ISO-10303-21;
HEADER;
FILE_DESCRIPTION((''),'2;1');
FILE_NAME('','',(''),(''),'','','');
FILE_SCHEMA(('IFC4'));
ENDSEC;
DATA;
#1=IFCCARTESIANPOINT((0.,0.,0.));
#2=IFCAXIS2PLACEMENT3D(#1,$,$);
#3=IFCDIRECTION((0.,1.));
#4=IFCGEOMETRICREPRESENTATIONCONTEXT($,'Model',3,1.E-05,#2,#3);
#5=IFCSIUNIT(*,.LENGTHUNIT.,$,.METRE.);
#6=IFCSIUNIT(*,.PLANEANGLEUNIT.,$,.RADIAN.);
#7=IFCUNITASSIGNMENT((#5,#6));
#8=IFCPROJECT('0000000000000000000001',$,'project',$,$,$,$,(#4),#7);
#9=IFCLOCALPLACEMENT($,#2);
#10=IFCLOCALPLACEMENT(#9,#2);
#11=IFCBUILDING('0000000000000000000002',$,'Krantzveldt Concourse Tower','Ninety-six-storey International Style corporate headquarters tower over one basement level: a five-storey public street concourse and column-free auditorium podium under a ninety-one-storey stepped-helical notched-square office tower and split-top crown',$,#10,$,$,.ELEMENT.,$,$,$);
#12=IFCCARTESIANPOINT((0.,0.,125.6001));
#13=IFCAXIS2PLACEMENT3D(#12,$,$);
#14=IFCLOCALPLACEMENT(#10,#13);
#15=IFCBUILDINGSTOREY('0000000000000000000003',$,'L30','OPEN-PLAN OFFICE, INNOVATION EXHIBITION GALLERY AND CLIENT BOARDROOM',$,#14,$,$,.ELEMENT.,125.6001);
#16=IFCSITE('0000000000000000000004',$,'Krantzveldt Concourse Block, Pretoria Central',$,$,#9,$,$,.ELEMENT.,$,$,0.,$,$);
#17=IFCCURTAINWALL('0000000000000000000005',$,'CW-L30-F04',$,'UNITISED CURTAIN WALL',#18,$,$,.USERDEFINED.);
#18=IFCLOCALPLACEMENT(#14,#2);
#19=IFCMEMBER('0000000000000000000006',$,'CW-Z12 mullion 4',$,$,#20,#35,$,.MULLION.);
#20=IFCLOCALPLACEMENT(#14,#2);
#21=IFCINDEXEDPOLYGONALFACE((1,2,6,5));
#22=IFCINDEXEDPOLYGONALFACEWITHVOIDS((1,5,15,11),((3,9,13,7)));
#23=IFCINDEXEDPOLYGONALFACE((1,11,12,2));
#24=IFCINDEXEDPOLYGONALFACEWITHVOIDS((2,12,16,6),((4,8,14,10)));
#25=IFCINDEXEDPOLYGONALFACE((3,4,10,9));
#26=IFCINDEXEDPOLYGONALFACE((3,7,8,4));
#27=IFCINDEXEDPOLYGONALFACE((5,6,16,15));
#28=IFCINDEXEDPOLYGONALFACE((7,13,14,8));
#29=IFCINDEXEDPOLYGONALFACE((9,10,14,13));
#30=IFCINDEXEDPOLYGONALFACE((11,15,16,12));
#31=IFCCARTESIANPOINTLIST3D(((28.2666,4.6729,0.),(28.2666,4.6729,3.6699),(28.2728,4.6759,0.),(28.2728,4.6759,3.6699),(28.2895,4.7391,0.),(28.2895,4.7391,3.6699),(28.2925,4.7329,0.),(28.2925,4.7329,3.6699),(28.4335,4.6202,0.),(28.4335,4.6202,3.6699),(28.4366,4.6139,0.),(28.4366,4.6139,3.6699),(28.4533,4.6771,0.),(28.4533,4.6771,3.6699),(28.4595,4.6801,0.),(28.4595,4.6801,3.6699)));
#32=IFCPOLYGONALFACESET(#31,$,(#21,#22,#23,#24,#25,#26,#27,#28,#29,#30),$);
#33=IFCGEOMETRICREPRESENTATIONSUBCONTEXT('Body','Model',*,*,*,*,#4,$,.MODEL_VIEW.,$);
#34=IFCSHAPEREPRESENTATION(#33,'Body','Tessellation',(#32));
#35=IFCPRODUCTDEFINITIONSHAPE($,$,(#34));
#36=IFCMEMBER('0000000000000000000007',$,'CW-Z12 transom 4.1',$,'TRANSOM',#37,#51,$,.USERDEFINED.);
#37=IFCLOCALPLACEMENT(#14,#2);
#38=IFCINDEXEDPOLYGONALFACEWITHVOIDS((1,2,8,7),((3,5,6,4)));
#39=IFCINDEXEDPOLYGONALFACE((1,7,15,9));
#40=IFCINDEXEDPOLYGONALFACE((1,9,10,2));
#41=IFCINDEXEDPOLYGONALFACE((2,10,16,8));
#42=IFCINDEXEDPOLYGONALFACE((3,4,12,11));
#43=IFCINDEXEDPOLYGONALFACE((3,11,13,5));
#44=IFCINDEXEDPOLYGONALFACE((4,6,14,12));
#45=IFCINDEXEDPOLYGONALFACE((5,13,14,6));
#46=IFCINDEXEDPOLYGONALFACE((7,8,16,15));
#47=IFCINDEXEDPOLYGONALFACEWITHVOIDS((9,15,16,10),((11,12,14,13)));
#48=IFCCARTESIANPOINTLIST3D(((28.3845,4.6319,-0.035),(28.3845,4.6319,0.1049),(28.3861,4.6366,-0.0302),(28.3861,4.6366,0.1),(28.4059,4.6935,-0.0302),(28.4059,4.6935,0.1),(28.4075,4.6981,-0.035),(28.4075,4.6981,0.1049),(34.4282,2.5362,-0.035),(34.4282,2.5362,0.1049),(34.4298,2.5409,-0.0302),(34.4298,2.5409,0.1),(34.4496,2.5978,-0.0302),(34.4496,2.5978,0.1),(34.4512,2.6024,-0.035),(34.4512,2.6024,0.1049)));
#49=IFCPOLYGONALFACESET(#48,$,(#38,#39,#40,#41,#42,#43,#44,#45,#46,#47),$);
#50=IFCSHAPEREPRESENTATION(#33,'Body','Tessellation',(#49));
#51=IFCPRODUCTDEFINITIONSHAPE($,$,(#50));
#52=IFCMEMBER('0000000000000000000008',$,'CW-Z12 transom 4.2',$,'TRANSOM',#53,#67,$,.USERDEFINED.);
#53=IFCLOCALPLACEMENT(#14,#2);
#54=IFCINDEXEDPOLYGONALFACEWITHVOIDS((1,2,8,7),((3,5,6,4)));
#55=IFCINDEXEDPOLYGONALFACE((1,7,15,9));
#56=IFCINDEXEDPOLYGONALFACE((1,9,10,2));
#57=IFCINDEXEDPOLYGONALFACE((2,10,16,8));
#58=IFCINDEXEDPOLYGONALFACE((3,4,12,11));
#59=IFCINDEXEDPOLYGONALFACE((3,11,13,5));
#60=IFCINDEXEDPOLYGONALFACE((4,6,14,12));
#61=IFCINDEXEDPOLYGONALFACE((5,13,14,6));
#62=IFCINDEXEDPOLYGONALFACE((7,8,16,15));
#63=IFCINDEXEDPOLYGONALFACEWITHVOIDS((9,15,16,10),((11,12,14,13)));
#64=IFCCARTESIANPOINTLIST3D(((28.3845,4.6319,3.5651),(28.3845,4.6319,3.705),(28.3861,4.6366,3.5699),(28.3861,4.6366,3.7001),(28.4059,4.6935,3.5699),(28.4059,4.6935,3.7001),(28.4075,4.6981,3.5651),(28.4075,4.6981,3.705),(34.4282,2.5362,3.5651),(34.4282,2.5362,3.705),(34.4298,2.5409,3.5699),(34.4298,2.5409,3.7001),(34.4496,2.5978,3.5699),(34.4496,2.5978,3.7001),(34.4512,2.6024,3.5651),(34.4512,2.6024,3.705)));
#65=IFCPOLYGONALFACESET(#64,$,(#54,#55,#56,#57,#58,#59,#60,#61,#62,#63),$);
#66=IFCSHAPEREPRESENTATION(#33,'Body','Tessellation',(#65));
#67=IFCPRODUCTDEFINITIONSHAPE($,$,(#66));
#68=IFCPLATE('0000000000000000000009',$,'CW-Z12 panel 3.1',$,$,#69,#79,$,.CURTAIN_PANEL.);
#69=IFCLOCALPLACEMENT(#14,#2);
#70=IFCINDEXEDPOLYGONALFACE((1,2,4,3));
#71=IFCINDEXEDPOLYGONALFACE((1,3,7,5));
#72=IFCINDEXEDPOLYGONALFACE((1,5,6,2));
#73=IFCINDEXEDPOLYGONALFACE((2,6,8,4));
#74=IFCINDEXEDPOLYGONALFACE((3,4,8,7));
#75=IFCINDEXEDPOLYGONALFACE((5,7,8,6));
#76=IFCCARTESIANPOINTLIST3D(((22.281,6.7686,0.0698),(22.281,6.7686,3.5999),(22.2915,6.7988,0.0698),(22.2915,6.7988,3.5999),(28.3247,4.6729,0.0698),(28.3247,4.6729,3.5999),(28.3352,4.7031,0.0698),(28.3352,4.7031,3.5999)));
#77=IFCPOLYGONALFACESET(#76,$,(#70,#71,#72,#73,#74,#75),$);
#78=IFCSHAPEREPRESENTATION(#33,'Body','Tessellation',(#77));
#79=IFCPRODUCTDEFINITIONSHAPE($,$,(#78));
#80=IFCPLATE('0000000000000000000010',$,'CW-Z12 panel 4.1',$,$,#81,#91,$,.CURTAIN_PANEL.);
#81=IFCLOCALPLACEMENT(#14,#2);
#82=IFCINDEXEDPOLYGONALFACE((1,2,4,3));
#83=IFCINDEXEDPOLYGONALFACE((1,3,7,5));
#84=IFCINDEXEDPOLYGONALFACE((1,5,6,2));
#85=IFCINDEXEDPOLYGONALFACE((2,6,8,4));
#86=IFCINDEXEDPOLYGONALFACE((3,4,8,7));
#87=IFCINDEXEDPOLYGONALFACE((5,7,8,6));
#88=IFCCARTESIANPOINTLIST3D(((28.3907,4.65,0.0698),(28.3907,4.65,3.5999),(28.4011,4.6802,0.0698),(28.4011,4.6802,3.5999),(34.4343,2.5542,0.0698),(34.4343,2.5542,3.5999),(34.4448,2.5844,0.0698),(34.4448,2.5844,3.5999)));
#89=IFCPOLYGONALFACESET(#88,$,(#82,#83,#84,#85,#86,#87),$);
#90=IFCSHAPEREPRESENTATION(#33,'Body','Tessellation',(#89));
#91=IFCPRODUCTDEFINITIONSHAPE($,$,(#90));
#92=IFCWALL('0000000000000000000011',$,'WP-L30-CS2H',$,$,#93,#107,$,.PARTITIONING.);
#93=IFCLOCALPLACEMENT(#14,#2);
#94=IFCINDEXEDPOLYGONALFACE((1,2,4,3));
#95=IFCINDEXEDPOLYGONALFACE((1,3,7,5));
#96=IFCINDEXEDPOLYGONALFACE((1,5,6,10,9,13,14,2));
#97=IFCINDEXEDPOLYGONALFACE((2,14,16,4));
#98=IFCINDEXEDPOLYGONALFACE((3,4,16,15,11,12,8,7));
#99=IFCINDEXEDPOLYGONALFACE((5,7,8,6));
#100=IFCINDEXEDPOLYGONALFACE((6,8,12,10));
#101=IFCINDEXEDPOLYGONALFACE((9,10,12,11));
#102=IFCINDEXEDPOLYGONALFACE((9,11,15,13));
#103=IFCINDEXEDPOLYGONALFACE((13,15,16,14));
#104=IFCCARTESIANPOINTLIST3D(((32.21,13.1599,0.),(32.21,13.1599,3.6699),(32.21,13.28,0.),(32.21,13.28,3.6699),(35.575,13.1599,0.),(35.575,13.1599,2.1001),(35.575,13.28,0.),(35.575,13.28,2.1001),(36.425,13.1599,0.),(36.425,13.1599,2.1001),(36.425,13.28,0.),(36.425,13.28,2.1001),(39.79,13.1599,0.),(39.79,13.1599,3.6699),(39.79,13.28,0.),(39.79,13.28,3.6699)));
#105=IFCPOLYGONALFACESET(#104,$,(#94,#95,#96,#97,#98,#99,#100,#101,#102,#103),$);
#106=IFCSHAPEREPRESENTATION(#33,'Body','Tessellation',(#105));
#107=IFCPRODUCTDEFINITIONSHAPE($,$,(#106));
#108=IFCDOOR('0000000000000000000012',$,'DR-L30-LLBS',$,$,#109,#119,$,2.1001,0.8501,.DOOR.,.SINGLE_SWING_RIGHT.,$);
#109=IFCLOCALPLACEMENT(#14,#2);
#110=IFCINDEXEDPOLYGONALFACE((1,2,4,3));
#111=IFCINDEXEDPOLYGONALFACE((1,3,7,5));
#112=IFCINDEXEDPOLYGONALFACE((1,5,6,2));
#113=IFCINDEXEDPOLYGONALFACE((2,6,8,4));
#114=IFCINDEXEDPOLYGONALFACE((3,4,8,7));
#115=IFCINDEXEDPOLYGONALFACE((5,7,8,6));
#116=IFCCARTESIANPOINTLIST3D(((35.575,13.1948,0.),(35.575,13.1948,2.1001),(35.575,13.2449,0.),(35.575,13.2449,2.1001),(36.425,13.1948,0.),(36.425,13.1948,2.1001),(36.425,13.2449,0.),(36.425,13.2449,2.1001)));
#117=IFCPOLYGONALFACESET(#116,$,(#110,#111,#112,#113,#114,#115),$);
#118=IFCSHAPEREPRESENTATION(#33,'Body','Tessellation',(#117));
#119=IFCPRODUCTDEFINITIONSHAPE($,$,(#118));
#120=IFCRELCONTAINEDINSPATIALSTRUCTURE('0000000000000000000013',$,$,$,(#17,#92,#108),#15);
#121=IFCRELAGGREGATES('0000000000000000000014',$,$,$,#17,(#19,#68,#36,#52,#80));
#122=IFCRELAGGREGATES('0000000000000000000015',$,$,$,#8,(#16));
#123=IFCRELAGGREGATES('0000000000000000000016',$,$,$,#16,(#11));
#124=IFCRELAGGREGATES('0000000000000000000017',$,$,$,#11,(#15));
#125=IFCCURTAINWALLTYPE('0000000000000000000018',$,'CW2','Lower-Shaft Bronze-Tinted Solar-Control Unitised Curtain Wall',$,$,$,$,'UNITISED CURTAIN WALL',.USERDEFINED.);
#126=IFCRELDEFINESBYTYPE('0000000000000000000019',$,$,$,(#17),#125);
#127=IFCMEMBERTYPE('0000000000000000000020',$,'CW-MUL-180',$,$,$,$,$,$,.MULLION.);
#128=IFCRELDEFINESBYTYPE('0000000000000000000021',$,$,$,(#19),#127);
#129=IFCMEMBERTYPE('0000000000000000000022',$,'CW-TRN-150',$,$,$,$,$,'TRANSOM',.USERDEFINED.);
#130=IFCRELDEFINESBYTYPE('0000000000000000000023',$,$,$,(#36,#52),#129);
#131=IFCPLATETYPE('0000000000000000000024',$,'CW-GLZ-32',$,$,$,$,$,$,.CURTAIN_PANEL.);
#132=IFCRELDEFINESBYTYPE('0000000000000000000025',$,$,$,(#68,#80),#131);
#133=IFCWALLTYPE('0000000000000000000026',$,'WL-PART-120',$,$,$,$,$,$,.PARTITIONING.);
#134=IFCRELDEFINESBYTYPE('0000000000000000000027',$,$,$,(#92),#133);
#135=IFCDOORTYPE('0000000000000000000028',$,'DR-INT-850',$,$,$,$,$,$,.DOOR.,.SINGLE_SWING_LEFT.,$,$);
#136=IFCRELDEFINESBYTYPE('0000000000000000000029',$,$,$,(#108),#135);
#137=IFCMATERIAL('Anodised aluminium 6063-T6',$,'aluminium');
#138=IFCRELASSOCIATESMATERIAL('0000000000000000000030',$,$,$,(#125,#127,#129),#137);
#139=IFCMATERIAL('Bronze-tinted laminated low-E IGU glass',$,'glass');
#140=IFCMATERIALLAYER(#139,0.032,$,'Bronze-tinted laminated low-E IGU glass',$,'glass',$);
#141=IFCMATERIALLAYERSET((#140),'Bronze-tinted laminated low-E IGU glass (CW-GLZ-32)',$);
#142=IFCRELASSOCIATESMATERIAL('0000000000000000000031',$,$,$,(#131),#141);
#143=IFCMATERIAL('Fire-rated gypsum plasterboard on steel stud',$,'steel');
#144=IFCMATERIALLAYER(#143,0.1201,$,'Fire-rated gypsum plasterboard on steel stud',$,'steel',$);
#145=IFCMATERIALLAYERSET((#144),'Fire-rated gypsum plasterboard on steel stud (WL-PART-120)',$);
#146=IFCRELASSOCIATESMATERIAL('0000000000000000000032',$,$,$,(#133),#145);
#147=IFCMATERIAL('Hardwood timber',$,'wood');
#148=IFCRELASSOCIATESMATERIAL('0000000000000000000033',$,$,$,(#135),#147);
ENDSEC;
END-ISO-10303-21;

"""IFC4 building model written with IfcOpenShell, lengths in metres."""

from ifc_helpers import new_model, si_unit, direction, frame, frame_2d, origin, origin_2d, place, context, subcontext, project, spatial, rectangle, hollow_rectangle, extrude, source, transform, mapped, material, layer, layer_set, material_profile, profile_set, type_object, type_shapes, element, fill, aggregate, save


model = new_model("IFC4")

# Units and contexts
model_context = context("Model", 3, precision=1e-05, world=origin(), true_north=direction((0.0, 1.0)))
body_context = subcontext(model_context, "Body", "Model", "MODEL_VIEW")
ifc_project = project(units=[si_unit("LENGTHUNIT", "METRE"), si_unit("PLANEANGLEUNIT", "RADIAN")], contexts=[model_context])

# Site, building, storey
site_placement = place(None, origin())
site = spatial("IfcSite", under=ifc_project, at=site_placement, Name="Krantzveldt Concourse Block, Pretoria Central", CompositionType="ELEMENT", RefElevation=0.0)
building_placement = place(site_placement, origin())
building = spatial("IfcBuilding", under=site, at=building_placement, Name="Krantzveldt Concourse Tower", Description="Ninety-six-storey International Style corporate headquarters tower over one basement level: a five-storey public street concourse and column-free auditorium podium under a ninety-one-storey stepped-helical notched-square office tower and split-top crown", CompositionType="ELEMENT")
storey_placement = place(building_placement, frame((0.0, 0.0, 125.6001)))
storey = spatial("IfcBuildingStorey", under=building, at=storey_placement, Name="L30", Description="OPEN-PLAN OFFICE, INNOVATION EXHIBITION GALLERY AND CLIENT BOARDROOM", CompositionType="ELEMENT", Elevation=125.6001)

# Curtain wall, members, plates
ifc_material_1 = material(Name="Anodised aluminium 6063-T6", Category="aluminium")
curtain_wall_type = type_object("IfcCurtainWallType", Name="CW2", Description="Lower-Shaft Bronze-Tinted Solar-Control Unitised Curtain Wall", ElementType="UNITISED CURTAIN WALL", PredefinedType="USERDEFINED", material=ifc_material_1)
curtain_wall_placement = place(storey_placement, origin())
curtain_wall = element("IfcCurtainWall", 1, at=curtain_wall_placement, inside=storey, type_object=curtain_wall_type, Name="CW-L30-F04", ObjectType="UNITISED CURTAIN WALL", PredefinedType="USERDEFINED")
ifc_material_profile_1 = material_profile(ifc_material_1, hollow_rectangle(XDim=0.0701, YDim=0.1799, WallThickness=0.0049, at=origin_2d()), Name="Anodised aluminium 6063-T6", Category="aluminium")
ifc_profile_set_1 = profile_set([ifc_material_profile_1], Name="Anodised aluminium 6063-T6 - ALU-MULL 180x70x5")
member_type_1 = type_object("IfcMemberType", Name="CW-MUL-180", PredefinedType="MULLION", material=ifc_profile_set_1)
shared_shape_1 = source(origin(), body_context, "Body", "SweptSolid", [
    extrude(hollow_rectangle(XDim=0.0701, YDim=0.1799, WallThickness=0.0049, at=origin_2d()), origin(), (0.0, 0.0, 1.0), 3.6699),
])
type_shapes(member_type_1, [shared_shape_1])
member_1_placement = place(storey_placement, frame((28.363, 4.6765, 0.0), z_axis=(0.0, 0.0, 1.0), x_axis=(0.32763, 0.944806, 0.0)))
member_1 = element("IfcMember", 2, at=member_1_placement, type_object=member_type_1, Name="CW-Z12 mullion 4", PredefinedType="MULLION", context=body_context, shape_type="MappedRepresentation", body=[
    mapped(shared_shape_1, transform((0.0, 0.0, 0.0), x_axis=(1.0, 0.0, 0.0), y_axis=(0.0, 1.0, 0.0), z_axis=(0.0, 0.0, 1.0), scale=1.0)),
])
ifc_material_profile_2 = material_profile(ifc_material_1, hollow_rectangle(XDim=0.0701, YDim=0.1399, WallThickness=0.0049, at=origin_2d()), Name="Anodised aluminium 6063-T6", Category="aluminium")
ifc_profile_set_2 = profile_set([ifc_material_profile_2], Name="Anodised aluminium 6063-T6 - ALU-TRAN 140x70x5")
member_type_2 = type_object("IfcMemberType", Name="CW-TRN-150", ElementType="TRANSOM", PredefinedType="USERDEFINED", material=ifc_profile_set_2)
shared_shape_2 = source(origin(), body_context, "Body", "SweptSolid", [
    extrude(hollow_rectangle(XDim=0.0701, YDim=0.1399, WallThickness=0.0049, at=origin_2d()), origin(), (0.0, 0.0, 1.0), 6.3967),
])
type_shapes(member_type_2, [shared_shape_2])
member_2_placement = place(storey_placement, frame((28.396, 4.665, 0.0349), z_axis=(0.944809, -0.32762, 0.0), x_axis=(0.32762, 0.944809, 0.0)))
member_2 = element("IfcMember", 3, at=member_2_placement, type_object=member_type_2, Name="CW-Z12 transom 4.1", ObjectType="TRANSOM", PredefinedType="USERDEFINED", context=body_context, shape_type="MappedRepresentation", body=[
    mapped(shared_shape_2, transform((0.0, 0.0, 0.0), x_axis=(1.0, 0.0, 0.0), y_axis=(0.0, 1.0, 0.0), z_axis=(0.0, 0.0, 1.0), scale=1.0)),
])
member_3_placement = place(storey_placement, frame((28.396, 4.665, 3.635), z_axis=(0.944809, -0.32762, 0.0), x_axis=(0.32762, 0.944809, 0.0)))
member_3 = element("IfcMember", 4, at=member_3_placement, type_object=member_type_2, Name="CW-Z12 transom 4.2", ObjectType="TRANSOM", PredefinedType="USERDEFINED", context=body_context, shape_type="MappedRepresentation", body=[
    mapped(shared_shape_2, transform((0.0, 0.0, 0.0), x_axis=(1.0, 0.0, 0.0), y_axis=(0.0, 1.0, 0.0), z_axis=(0.0, 0.0, 1.0), scale=1.0)),
])
ifc_material_2 = material(Name="Bronze-tinted laminated low-E IGU glass", Category="glass")
ifc_layer_1 = layer(ifc_material_2, 0.032, Name="Bronze-tinted laminated low-E IGU glass", Category="glass")
ifc_layer_set_1 = layer_set([ifc_layer_1], Name="Bronze-tinted laminated low-E IGU glass (CW-GLZ-32)")
plate_type = type_object("IfcPlateType", Name="CW-GLZ-32", PredefinedType="CURTAIN_PANEL", material=ifc_layer_set_1)
shared_shape_3 = source(origin(), body_context, "Body", "SweptSolid", [
    extrude(rectangle(XDim=6.3967, YDim=0.032, at=origin_2d()), origin(), (0.0, 0.0, 1.0), 3.53),
])
type_shapes(plate_type, [shared_shape_3])
plate_1_placement = place(storey_placement, frame((25.3081, 5.7358, 0.0698), z_axis=(0.0, 0.0, 1.0), x_axis=(0.944806, -0.32763, 0.0)))
plate_1 = element("IfcPlate", 5, at=plate_1_placement, type_object=plate_type, Name="CW-Z12 panel 3.1", PredefinedType="CURTAIN_PANEL", context=body_context, shape_type="MappedRepresentation", body=[
    mapped(shared_shape_3, transform((0.0, 0.0, 0.0), x_axis=(1.0, 0.0, 0.0), y_axis=(0.0, 1.0, 0.0), z_axis=(0.0, 0.0, 1.0), scale=1.0)),
])
plate_2_placement = place(storey_placement, frame((31.4177, 3.6172, 0.0698), z_axis=(0.0, 0.0, 1.0), x_axis=(0.944806, -0.32763, 0.0)))
plate_2 = element("IfcPlate", 6, at=plate_2_placement, type_object=plate_type, Name="CW-Z12 panel 4.1", PredefinedType="CURTAIN_PANEL", context=body_context, shape_type="MappedRepresentation", body=[
    mapped(shared_shape_3, transform((0.0, 0.0, 0.0), x_axis=(1.0, 0.0, 0.0), y_axis=(0.0, 1.0, 0.0), z_axis=(0.0, 0.0, 1.0), scale=1.0)),
])
aggregate(curtain_wall, [member_1, plate_1, member_2, member_3, plate_2])

# Wall, opening, door
ifc_material_3 = material(Name="Fire-rated gypsum plasterboard on steel stud", Category="steel")
ifc_layer_2 = layer(ifc_material_3, 0.1201, Name="Fire-rated gypsum plasterboard on steel stud", Category="steel")
ifc_layer_set_2 = layer_set([ifc_layer_2], Name="Fire-rated gypsum plasterboard on steel stud (WL-PART-120)")
wall_type_1 = type_object("IfcWallType", Name="WL-PART-120", PredefinedType="PARTITIONING", material=ifc_layer_set_2)
wall_1_placement = place(storey_placement, frame((32.21, 13.22, 0.0), z_axis=(0.0, 0.0, 1.0), x_axis=(1.0, 0.0, 0.0)))
wall_1 = element("IfcWall", 7, at=wall_1_placement, inside=storey, type_object=wall_type_1, Name="WP-L30-CS2H", PredefinedType="PARTITIONING", context=body_context, shape_type="SweptSolid", body=[
    extrude(rectangle(XDim=7.5801, YDim=0.1201, at=frame_2d((3.79, 0.0))), origin(), (0.0, 0.0, 1.0), 3.6699),
])
opening_1_placement = place(wall_1_placement, frame((3.365, 0.0, 0.0)))
opening_1 = element("IfcOpeningElement", 8, at=opening_1_placement, cuts=wall_1, PredefinedType="OPENING", context=body_context, shape_type="SweptSolid", body=[
    extrude(rectangle(XDim=0.8501, YDim=2.1001, at=frame_2d((0.425, 1.05))), frame((0.0, 0.0701, 0.0), z_axis=(0.0, -1.0, 0.0), x_axis=(1.0, 0.0, 0.0)), (0.0, 0.0, 1.0), 0.1401),
])
ifc_material_4 = material(Name="Hardwood timber", Category="wood")
door_type_1 = type_object("IfcDoorType", Name="DR-INT-850", OperationType="SINGLE_SWING_LEFT", PredefinedType="DOOR", material=ifc_material_4)
door_1_placement = place(opening_1_placement, origin())
door_1 = element("IfcDoor", 9, at=door_1_placement, inside=storey, type_object=door_type_1, Name="DR-L30-LLBS", OperationType="SINGLE_SWING_RIGHT", OverallHeight=2.1001, OverallWidth=0.8501, PredefinedType="DOOR", context=body_context, shape_type="SweptSolid", body=[
    extrude(rectangle(XDim=0.8501, YDim=2.1001, at=frame_2d((0.425, 1.05))), frame((0.0, 0.0249, 0.0), z_axis=(0.0, -1.0, 0.0), x_axis=(1.0, 0.0, 0.0)), (0.0, 0.0, 1.0), 0.05),
])
fill(opening_1, door_1)

save(model, "model.ifc")
